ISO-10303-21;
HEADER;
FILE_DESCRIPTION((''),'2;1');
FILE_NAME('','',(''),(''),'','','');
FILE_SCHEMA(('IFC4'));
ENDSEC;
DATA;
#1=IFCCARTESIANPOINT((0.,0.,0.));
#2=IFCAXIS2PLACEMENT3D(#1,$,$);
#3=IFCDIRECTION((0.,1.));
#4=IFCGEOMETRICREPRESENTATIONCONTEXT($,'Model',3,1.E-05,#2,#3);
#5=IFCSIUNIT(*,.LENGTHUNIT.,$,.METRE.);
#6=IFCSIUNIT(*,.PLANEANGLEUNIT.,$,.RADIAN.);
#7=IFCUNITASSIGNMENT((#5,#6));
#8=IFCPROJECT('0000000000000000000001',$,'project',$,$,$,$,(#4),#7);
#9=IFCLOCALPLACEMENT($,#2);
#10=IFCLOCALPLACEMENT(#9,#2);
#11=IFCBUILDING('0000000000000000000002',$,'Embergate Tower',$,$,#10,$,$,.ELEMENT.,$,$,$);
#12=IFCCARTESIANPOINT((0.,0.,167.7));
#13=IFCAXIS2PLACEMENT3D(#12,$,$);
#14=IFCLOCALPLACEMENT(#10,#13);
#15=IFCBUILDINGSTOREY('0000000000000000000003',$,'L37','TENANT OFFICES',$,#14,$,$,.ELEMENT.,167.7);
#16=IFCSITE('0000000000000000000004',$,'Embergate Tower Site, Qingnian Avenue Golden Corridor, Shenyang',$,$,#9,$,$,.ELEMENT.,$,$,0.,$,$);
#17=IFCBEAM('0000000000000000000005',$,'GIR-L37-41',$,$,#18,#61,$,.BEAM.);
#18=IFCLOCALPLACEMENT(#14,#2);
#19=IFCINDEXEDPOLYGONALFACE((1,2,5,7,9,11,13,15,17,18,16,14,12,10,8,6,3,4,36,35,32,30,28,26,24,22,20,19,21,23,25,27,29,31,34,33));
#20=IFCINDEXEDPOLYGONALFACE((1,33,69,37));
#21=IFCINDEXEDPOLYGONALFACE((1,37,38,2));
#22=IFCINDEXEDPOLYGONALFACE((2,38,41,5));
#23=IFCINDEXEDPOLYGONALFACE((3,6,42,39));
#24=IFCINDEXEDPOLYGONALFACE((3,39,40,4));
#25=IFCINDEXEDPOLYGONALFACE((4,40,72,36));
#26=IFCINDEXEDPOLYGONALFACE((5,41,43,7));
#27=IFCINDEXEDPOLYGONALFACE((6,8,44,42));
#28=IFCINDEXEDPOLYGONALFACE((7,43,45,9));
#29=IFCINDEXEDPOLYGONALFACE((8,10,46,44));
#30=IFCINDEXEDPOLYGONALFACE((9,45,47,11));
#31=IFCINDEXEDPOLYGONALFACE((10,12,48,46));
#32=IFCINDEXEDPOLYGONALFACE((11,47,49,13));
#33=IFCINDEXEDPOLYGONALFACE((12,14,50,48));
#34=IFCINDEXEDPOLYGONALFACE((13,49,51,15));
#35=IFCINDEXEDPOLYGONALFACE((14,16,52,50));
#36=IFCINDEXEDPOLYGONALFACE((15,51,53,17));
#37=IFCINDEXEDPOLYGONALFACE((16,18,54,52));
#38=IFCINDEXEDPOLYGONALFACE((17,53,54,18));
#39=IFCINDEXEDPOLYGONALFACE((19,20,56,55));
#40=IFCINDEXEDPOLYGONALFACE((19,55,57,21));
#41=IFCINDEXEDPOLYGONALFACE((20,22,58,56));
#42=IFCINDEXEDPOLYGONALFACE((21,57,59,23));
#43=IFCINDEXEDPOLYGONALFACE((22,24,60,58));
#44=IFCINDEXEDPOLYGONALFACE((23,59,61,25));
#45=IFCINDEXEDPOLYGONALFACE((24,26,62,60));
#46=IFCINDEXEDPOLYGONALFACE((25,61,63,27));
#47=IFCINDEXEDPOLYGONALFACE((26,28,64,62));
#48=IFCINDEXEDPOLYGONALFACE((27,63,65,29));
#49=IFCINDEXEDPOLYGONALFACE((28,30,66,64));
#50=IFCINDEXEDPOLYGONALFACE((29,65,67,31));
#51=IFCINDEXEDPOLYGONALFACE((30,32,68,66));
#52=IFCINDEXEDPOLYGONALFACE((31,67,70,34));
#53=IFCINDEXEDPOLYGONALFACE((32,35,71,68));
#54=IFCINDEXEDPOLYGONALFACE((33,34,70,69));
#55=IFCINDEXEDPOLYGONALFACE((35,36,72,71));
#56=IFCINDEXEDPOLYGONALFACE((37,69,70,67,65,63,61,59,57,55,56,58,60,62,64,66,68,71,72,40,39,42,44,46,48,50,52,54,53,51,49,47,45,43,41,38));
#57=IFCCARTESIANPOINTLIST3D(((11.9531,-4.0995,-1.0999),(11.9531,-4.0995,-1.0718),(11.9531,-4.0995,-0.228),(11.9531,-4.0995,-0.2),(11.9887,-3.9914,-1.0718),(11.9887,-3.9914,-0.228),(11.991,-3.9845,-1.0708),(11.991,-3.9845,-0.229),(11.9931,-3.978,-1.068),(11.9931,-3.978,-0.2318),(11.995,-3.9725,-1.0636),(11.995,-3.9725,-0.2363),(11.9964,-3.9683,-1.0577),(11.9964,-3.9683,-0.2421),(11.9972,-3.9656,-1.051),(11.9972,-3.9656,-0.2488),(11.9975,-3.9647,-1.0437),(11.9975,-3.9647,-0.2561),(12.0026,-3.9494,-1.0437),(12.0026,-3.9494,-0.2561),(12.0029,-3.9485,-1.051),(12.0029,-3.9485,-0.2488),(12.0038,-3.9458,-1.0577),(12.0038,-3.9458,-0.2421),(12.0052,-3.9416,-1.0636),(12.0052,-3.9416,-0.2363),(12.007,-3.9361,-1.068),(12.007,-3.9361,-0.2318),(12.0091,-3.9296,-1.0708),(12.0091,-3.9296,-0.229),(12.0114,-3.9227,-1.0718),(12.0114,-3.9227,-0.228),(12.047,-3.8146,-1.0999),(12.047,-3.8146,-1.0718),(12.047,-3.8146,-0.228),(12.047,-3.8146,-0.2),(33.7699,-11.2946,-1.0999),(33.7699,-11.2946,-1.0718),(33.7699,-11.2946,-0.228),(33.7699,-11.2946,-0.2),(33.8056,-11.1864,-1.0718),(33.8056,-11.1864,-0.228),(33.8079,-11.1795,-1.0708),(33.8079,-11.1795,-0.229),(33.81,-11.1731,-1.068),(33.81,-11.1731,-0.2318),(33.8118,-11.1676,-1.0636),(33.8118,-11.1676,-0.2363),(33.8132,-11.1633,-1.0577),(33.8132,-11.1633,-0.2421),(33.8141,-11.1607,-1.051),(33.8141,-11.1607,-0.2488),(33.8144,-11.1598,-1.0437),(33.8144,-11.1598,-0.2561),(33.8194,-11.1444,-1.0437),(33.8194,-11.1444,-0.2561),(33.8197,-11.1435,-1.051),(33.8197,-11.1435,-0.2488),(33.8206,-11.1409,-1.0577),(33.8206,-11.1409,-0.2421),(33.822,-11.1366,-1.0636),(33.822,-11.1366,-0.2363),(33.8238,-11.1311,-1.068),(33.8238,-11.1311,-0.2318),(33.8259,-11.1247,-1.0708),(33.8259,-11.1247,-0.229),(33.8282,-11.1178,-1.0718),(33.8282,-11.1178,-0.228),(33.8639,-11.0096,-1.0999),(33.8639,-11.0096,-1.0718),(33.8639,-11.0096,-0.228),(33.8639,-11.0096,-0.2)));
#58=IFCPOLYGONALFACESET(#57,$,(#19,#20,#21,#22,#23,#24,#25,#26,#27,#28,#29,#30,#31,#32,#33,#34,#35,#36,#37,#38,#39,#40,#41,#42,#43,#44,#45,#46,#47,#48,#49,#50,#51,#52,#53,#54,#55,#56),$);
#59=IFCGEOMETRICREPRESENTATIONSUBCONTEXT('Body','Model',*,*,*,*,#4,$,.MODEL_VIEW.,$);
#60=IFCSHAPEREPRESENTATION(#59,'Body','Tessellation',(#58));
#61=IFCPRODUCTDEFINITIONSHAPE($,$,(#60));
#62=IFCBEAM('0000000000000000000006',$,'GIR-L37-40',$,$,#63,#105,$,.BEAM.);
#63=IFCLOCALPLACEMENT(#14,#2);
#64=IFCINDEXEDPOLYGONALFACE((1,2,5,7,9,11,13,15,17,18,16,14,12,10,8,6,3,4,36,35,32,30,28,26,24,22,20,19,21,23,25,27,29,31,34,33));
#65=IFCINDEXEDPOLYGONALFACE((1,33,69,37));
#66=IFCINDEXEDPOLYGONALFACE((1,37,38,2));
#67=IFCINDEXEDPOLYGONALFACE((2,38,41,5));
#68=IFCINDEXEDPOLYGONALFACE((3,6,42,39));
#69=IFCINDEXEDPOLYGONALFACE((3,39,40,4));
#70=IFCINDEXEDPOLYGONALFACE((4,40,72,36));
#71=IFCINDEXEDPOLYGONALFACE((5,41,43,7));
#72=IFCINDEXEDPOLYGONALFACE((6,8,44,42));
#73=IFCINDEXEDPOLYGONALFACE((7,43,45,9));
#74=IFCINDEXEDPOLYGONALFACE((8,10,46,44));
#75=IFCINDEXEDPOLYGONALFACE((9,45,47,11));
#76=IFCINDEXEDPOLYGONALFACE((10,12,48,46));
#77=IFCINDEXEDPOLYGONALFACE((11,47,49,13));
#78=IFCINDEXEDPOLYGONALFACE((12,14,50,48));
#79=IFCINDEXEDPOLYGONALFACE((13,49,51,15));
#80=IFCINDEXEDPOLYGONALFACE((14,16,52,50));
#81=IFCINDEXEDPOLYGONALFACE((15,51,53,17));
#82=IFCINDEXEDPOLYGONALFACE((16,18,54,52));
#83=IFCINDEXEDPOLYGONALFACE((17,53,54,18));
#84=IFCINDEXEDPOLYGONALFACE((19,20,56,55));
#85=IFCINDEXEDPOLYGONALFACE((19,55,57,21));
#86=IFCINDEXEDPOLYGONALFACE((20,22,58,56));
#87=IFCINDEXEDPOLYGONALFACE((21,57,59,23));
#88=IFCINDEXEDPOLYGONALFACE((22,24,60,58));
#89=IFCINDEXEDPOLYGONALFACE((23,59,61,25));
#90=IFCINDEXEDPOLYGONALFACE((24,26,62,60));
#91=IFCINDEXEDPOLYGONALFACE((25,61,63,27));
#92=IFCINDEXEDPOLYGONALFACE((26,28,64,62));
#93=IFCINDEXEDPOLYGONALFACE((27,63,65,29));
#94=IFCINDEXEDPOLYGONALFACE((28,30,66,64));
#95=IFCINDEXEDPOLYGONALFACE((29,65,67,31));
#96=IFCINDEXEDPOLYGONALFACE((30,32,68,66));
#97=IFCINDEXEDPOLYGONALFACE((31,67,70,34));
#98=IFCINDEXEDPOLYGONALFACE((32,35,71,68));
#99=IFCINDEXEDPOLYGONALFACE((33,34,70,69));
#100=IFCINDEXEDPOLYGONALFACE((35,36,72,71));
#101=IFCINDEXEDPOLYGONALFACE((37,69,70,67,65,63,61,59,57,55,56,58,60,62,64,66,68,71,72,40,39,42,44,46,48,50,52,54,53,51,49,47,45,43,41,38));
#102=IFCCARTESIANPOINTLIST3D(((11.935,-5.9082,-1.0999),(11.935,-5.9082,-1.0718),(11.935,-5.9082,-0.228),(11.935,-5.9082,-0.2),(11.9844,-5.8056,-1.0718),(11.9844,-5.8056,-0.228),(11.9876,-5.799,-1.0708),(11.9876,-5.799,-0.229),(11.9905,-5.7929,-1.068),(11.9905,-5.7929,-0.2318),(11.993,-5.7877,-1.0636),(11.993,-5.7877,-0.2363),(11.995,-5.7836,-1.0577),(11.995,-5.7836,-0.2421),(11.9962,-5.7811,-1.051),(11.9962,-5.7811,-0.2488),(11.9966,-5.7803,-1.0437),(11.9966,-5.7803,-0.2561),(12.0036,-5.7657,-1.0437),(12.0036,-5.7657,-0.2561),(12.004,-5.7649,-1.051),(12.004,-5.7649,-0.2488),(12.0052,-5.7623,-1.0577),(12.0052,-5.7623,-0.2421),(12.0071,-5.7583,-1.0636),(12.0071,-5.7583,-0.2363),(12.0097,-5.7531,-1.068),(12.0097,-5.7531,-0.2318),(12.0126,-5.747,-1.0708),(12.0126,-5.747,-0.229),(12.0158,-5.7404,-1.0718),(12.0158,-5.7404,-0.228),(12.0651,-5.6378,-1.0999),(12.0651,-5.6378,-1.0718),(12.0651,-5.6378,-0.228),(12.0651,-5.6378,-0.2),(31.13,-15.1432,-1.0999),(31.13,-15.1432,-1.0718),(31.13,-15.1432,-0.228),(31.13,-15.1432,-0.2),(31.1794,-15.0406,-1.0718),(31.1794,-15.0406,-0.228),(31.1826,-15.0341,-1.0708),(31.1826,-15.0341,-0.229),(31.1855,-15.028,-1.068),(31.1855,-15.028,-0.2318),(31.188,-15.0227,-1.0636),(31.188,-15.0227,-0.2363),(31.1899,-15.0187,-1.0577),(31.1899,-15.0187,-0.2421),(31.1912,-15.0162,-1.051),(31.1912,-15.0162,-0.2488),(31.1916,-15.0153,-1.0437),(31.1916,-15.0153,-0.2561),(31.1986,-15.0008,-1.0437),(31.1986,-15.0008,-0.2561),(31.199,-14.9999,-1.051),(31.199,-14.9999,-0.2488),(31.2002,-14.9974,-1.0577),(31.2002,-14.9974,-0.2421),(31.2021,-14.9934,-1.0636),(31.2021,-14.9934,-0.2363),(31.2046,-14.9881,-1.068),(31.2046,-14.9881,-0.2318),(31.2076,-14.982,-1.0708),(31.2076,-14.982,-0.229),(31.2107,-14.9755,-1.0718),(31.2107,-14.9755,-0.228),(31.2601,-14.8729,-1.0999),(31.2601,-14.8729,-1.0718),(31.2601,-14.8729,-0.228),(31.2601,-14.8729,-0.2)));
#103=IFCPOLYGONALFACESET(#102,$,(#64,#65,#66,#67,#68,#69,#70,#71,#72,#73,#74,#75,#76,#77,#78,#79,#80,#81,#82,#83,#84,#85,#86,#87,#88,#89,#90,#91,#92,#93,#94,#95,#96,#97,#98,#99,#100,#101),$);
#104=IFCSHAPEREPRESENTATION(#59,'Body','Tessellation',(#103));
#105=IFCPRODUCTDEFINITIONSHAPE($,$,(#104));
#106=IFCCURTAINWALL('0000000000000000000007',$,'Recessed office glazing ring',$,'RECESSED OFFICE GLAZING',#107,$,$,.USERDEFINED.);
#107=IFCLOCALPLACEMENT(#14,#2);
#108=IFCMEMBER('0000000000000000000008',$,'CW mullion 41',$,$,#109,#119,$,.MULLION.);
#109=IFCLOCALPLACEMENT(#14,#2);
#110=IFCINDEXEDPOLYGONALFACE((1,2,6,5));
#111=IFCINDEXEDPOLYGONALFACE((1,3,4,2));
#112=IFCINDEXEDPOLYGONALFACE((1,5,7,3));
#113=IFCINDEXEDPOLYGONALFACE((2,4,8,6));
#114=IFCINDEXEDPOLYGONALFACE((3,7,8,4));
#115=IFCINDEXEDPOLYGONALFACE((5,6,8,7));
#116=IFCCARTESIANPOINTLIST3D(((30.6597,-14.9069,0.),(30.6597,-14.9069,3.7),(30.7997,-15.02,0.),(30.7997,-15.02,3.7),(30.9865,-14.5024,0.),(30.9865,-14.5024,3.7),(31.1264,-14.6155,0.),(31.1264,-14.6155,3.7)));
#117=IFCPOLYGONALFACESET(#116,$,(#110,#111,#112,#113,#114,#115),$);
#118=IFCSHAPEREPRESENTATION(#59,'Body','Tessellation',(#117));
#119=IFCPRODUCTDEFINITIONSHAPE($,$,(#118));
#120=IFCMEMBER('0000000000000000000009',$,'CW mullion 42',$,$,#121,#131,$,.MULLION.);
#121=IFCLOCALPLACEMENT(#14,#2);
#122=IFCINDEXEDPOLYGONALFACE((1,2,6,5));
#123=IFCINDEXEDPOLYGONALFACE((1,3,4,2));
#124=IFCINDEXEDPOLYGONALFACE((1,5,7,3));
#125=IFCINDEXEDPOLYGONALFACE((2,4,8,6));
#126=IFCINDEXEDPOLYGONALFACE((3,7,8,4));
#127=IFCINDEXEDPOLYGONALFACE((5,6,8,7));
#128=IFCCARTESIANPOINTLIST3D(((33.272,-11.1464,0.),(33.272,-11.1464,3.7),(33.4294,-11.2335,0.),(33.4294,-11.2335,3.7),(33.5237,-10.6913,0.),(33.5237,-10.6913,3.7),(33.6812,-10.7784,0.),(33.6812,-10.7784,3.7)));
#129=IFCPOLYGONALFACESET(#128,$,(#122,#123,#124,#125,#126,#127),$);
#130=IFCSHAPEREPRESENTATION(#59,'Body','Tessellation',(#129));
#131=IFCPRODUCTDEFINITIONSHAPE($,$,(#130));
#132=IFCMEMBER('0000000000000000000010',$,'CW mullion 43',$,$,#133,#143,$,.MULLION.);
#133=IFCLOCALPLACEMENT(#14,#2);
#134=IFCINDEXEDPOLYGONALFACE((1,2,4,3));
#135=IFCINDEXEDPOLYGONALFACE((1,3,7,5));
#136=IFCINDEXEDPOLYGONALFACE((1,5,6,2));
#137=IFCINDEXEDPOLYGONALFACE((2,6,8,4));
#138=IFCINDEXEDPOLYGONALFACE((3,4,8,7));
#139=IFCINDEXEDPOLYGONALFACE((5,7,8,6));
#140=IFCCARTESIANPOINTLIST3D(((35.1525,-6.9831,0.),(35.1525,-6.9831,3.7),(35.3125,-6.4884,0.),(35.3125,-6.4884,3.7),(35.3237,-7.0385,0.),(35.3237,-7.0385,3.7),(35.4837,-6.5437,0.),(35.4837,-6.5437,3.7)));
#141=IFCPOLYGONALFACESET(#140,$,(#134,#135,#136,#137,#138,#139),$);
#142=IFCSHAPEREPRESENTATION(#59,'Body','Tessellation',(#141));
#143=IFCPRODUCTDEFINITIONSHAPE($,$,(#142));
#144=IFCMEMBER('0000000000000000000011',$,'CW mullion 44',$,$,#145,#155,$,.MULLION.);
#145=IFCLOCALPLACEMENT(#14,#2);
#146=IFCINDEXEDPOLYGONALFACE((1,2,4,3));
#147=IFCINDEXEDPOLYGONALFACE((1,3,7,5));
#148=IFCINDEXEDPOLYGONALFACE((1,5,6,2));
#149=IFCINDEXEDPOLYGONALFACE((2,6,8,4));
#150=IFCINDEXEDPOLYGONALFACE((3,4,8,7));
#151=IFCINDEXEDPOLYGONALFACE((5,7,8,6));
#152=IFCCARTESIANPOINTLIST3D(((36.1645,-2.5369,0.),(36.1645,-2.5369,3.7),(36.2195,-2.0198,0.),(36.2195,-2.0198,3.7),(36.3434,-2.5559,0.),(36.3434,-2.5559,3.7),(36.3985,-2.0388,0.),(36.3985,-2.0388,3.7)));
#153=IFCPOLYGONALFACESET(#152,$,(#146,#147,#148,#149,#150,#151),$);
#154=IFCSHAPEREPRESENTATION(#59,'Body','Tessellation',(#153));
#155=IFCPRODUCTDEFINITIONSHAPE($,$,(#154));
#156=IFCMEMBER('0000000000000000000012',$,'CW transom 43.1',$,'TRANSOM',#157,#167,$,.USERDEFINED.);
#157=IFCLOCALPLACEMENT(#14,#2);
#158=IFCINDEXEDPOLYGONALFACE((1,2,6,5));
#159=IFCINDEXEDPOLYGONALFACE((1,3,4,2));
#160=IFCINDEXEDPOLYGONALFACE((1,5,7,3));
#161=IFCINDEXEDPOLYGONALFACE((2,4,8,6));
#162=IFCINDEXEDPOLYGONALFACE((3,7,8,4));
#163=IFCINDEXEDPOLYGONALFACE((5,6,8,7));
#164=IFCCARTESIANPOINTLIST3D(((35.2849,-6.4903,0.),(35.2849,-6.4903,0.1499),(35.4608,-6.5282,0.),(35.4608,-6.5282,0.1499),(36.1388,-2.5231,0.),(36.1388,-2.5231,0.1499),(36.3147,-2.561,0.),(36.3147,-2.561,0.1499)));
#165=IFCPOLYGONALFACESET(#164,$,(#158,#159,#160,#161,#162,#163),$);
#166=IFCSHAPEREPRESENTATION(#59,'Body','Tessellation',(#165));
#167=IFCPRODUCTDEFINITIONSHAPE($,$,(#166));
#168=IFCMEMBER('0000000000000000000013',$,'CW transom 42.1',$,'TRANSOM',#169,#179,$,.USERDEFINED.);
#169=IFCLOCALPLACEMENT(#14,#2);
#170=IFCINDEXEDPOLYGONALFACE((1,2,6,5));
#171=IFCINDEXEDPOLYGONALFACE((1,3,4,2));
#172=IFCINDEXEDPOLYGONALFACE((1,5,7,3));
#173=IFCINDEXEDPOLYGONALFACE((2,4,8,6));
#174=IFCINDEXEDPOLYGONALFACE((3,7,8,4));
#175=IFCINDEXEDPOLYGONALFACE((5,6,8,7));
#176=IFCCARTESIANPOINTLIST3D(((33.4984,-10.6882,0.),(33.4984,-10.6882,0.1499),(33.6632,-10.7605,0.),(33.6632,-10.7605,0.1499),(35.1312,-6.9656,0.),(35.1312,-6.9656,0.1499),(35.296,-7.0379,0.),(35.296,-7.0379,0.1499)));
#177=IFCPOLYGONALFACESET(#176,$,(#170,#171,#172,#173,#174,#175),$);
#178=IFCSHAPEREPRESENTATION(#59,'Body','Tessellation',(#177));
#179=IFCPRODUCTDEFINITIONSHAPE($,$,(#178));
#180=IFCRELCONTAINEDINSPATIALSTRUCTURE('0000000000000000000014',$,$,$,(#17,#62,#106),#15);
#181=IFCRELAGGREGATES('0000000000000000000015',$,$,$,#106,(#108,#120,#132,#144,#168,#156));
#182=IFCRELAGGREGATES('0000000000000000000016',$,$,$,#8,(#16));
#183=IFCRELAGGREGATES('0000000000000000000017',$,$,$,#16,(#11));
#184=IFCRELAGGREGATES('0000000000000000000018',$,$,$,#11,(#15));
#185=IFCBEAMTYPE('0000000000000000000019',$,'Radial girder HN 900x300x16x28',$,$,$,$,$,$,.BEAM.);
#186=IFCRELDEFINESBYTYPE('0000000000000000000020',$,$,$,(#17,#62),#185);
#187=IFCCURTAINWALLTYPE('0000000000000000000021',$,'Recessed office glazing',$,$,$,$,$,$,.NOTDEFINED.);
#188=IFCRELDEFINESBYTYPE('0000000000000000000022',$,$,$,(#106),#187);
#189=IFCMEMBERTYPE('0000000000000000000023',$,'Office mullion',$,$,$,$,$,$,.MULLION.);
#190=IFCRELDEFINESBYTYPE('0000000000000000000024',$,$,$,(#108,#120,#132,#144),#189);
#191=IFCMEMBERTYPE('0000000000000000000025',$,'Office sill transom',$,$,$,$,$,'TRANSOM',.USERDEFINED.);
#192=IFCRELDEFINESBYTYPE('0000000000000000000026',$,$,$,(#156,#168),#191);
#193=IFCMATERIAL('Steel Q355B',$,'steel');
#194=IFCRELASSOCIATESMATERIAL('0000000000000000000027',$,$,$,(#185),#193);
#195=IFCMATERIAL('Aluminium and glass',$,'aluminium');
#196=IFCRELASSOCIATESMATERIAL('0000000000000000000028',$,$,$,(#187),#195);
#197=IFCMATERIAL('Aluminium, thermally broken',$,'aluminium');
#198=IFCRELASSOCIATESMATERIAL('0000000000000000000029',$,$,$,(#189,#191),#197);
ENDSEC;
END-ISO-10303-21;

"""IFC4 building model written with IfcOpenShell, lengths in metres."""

from ifc_helpers import new_model, si_unit, direction, frame, origin, origin_2d, place, context, subcontext, project, spatial, rectangle, i_section, extrude, source, transform, mapped, material, material_profile, profile_set, type_object, element, aggregate, save


model = new_model("IFC4")

# Units and contexts
model_context = context("Model", 3, precision=1e-05, world=origin(), true_north=direction((0.0, 1.0)))
body_context = subcontext(model_context, "Body", "Model", "MODEL_VIEW")
ifc_project = project(units=[si_unit("LENGTHUNIT", "METRE"), si_unit("PLANEANGLEUNIT", "RADIAN")], contexts=[model_context])

# Site, building, storey
site_placement = place(None, origin())
site = spatial("IfcSite", under=ifc_project, at=site_placement, Name="Embergate Tower Site, Qingnian Avenue Golden Corridor, Shenyang", CompositionType="ELEMENT", RefElevation=0.0)
building_placement = place(site_placement, origin())
building = spatial("IfcBuilding", under=site, at=building_placement, Name="Embergate Tower", CompositionType="ELEMENT")
storey_placement = place(building_placement, frame((0.0, 0.0, 167.7)))
storey = spatial("IfcBuildingStorey", under=building, at=storey_placement, Name="L37", Description="TENANT OFFICES", CompositionType="ELEMENT", Elevation=167.7)

# Beams
ifc_material_1 = material(Name="Steel Q355B", Category="steel")
ifc_material_profile_1 = material_profile(ifc_material_1, i_section(OverallWidth=0.3, OverallDepth=0.8999, WebThickness=0.0161, FlangeThickness=0.0281, FilletRadius=0.0281, at=origin_2d()), Name="HN 900x300x16x28")
ifc_profile_set_1 = profile_set([ifc_material_profile_1], Name="Steel Q355 grade B")
beam_type_1 = type_object("IfcBeamType", Name="Radial girder HN 900x300x16x28", PredefinedType="BEAM", material=ifc_profile_set_1)
shared_shape_1 = source(origin(), body_context, "Body", "SweptSolid", [
    extrude(i_section(OverallWidth=0.3, OverallDepth=0.8999, WebThickness=0.0161, FlangeThickness=0.0281, FilletRadius=0.0281, at=origin_2d()), origin(), (0.0, 0.0, 1.0), 22.9727),
])
beam_1_placement = place(storey_placement, frame((33.8169, -11.1521, -0.6499), z_axis=(-0.949687, 0.313201, 0.0), x_axis=(-0.313201, -0.949687, 0.0)))
element("IfcBeam", 1, at=beam_1_placement, inside=storey, type_object=beam_type_1, Name="GIR-L37-41", PredefinedType="BEAM", context=body_context, shape_type="MappedRepresentation", body=[
    mapped(shared_shape_1, transform((0.0, 0.0, 0.0))),
])
shared_shape_2 = source(origin(), body_context, "Body", "SweptSolid", [
    extrude(i_section(OverallWidth=0.3, OverallDepth=0.8999, WebThickness=0.0161, FlangeThickness=0.0281, FilletRadius=0.0281, at=origin_2d()), origin(), (0.0, 0.0, 1.0), 21.301),
])
beam_2_placement = place(storey_placement, frame((31.1951, -15.0081, -0.6499), z_axis=(-0.901129, 0.43355, 0.0), x_axis=(-0.43355, -0.901129, 0.0)))
element("IfcBeam", 2, at=beam_2_placement, inside=storey, type_object=beam_type_1, Name="GIR-L37-40", PredefinedType="BEAM", context=body_context, shape_type="MappedRepresentation", body=[
    mapped(shared_shape_2, transform((0.0, 0.0, 0.0))),
])

# Curtain wall, members
ifc_material_2 = material(Name="Aluminium and glass", Category="aluminium")
curtain_wall_type = type_object("IfcCurtainWallType", Name="Recessed office glazing", PredefinedType="NOTDEFINED", material=ifc_material_2)
curtain_wall_placement = place(storey_placement, origin())
curtain_wall = element("IfcCurtainWall", 3, at=curtain_wall_placement, inside=storey, type_object=curtain_wall_type, Name="Recessed office glazing ring", ObjectType="RECESSED OFFICE GLAZING", PredefinedType="USERDEFINED")
ifc_material_3 = material(Name="Aluminium, thermally broken", Category="aluminium")
ifc_material_profile_2 = material_profile(ifc_material_3, rectangle(XDim=0.1799, YDim=0.52, at=origin_2d()), Name="AL 520x180")
ifc_profile_set_2 = profile_set([ifc_material_profile_2], Name="Aluminium, thermally broken")
member_type_1 = type_object("IfcMemberType", Name="Office mullion", PredefinedType="MULLION", material=ifc_profile_set_2)
shared_shape_3 = source(origin(), body_context, "Body", "SweptSolid", [
    extrude(rectangle(XDim=0.1799, YDim=0.52, at=origin_2d()), origin(), (0.0, 0.0, 1.0), 3.7),
])
member_1_placement = place(storey_placement, frame((30.8931, -14.7612, 0.0), z_axis=(0.0, 0.0, 1.0), x_axis=(-0.777873, 0.628422, 0.0)))
member_1 = element("IfcMember", 4, at=member_1_placement, type_object=member_type_1, Name="CW mullion 41", PredefinedType="MULLION", context=body_context, shape_type="MappedRepresentation", body=[
    mapped(shared_shape_3, transform((0.0, 0.0, 0.0))),
])
member_2_placement = place(storey_placement, frame((33.4766, -10.9624, 0.0), z_axis=(0.0, 0.0, 1.0), x_axis=(-0.875002, 0.484119, 0.0)))
member_2 = element("IfcMember", 5, at=member_2_placement, type_object=member_type_1, Name="CW mullion 42", PredefinedType="MULLION", context=body_context, shape_type="MappedRepresentation", body=[
    mapped(shared_shape_3, transform((0.0, 0.0, 0.0))),
])
member_3_placement = place(storey_placement, frame((35.3181, -6.7634, 0.0), z_axis=(0.0, 0.0, 1.0), x_axis=(-0.951498, 0.307656, 0.0)))
member_3 = element("IfcMember", 6, at=member_3_placement, type_object=member_type_1, Name="CW mullion 43", PredefinedType="MULLION", context=body_context, shape_type="MappedRepresentation", body=[
    mapped(shared_shape_3, transform((0.0, 0.0, 0.0))),
])
member_4_placement = place(storey_placement, frame((36.2815, -2.2878, 0.0), z_axis=(0.0, 0.0, 1.0), x_axis=(-0.994385, 0.105823, 0.0)))
member_4 = element("IfcMember", 7, at=member_4_placement, type_object=member_type_1, Name="CW mullion 44", PredefinedType="MULLION", context=body_context, shape_type="MappedRepresentation", body=[
    mapped(shared_shape_3, transform((0.0, 0.0, 0.0))),
])
ifc_material_profile_3 = material_profile(ifc_material_3, rectangle(XDim=0.1799, YDim=0.1499, at=origin_2d()), Name="AL 150x180")
ifc_profile_set_3 = profile_set([ifc_material_profile_3], Name="Aluminium, thermally broken")
member_type_2 = type_object("IfcMemberType", Name="Office sill transom", ElementType="TRANSOM", PredefinedType="USERDEFINED", material=ifc_profile_set_3)
shared_shape_4 = source(origin(), body_context, "Body", "SweptSolid", [
    extrude(rectangle(XDim=0.1799, YDim=0.1499, at=origin_2d()), origin(), (0.0, 0.0, 1.0), 4.0581),
])
member_5_placement = place(storey_placement, frame((35.3728, -6.5093, 0.075), z_axis=(0.210441, 0.977607, 0.0), x_axis=(-0.977607, 0.210441, 0.0)))
member_5 = element("IfcMember", 8, at=member_5_placement, type_object=member_type_2, Name="CW transom 43.1", ObjectType="TRANSOM", PredefinedType="USERDEFINED", context=body_context, shape_type="MappedRepresentation", body=[
    mapped(shared_shape_4, transform((0.0, 0.0, 0.0))),
])
shared_shape_5 = source(origin(), body_context, "Body", "SweptSolid", [
    extrude(rectangle(XDim=0.1799, YDim=0.1499, at=origin_2d()), origin(), (0.0, 0.0, 1.0), 4.0649),
])
member_6_placement = place(storey_placement, frame((33.5808, -10.7244, 0.075), z_axis=(0.401676, 0.915782, 0.0), x_axis=(-0.915782, 0.401676, 0.0)))
member_6 = element("IfcMember", 9, at=member_6_placement, type_object=member_type_2, Name="CW transom 42.1", ObjectType="TRANSOM", PredefinedType="USERDEFINED", context=body_context, shape_type="MappedRepresentation", body=[
    mapped(shared_shape_5, transform((0.0, 0.0, 0.0))),
])
aggregate(curtain_wall, [member_1, member_2, member_3, member_4, member_6, member_5])

save(model, "model.ifc")
